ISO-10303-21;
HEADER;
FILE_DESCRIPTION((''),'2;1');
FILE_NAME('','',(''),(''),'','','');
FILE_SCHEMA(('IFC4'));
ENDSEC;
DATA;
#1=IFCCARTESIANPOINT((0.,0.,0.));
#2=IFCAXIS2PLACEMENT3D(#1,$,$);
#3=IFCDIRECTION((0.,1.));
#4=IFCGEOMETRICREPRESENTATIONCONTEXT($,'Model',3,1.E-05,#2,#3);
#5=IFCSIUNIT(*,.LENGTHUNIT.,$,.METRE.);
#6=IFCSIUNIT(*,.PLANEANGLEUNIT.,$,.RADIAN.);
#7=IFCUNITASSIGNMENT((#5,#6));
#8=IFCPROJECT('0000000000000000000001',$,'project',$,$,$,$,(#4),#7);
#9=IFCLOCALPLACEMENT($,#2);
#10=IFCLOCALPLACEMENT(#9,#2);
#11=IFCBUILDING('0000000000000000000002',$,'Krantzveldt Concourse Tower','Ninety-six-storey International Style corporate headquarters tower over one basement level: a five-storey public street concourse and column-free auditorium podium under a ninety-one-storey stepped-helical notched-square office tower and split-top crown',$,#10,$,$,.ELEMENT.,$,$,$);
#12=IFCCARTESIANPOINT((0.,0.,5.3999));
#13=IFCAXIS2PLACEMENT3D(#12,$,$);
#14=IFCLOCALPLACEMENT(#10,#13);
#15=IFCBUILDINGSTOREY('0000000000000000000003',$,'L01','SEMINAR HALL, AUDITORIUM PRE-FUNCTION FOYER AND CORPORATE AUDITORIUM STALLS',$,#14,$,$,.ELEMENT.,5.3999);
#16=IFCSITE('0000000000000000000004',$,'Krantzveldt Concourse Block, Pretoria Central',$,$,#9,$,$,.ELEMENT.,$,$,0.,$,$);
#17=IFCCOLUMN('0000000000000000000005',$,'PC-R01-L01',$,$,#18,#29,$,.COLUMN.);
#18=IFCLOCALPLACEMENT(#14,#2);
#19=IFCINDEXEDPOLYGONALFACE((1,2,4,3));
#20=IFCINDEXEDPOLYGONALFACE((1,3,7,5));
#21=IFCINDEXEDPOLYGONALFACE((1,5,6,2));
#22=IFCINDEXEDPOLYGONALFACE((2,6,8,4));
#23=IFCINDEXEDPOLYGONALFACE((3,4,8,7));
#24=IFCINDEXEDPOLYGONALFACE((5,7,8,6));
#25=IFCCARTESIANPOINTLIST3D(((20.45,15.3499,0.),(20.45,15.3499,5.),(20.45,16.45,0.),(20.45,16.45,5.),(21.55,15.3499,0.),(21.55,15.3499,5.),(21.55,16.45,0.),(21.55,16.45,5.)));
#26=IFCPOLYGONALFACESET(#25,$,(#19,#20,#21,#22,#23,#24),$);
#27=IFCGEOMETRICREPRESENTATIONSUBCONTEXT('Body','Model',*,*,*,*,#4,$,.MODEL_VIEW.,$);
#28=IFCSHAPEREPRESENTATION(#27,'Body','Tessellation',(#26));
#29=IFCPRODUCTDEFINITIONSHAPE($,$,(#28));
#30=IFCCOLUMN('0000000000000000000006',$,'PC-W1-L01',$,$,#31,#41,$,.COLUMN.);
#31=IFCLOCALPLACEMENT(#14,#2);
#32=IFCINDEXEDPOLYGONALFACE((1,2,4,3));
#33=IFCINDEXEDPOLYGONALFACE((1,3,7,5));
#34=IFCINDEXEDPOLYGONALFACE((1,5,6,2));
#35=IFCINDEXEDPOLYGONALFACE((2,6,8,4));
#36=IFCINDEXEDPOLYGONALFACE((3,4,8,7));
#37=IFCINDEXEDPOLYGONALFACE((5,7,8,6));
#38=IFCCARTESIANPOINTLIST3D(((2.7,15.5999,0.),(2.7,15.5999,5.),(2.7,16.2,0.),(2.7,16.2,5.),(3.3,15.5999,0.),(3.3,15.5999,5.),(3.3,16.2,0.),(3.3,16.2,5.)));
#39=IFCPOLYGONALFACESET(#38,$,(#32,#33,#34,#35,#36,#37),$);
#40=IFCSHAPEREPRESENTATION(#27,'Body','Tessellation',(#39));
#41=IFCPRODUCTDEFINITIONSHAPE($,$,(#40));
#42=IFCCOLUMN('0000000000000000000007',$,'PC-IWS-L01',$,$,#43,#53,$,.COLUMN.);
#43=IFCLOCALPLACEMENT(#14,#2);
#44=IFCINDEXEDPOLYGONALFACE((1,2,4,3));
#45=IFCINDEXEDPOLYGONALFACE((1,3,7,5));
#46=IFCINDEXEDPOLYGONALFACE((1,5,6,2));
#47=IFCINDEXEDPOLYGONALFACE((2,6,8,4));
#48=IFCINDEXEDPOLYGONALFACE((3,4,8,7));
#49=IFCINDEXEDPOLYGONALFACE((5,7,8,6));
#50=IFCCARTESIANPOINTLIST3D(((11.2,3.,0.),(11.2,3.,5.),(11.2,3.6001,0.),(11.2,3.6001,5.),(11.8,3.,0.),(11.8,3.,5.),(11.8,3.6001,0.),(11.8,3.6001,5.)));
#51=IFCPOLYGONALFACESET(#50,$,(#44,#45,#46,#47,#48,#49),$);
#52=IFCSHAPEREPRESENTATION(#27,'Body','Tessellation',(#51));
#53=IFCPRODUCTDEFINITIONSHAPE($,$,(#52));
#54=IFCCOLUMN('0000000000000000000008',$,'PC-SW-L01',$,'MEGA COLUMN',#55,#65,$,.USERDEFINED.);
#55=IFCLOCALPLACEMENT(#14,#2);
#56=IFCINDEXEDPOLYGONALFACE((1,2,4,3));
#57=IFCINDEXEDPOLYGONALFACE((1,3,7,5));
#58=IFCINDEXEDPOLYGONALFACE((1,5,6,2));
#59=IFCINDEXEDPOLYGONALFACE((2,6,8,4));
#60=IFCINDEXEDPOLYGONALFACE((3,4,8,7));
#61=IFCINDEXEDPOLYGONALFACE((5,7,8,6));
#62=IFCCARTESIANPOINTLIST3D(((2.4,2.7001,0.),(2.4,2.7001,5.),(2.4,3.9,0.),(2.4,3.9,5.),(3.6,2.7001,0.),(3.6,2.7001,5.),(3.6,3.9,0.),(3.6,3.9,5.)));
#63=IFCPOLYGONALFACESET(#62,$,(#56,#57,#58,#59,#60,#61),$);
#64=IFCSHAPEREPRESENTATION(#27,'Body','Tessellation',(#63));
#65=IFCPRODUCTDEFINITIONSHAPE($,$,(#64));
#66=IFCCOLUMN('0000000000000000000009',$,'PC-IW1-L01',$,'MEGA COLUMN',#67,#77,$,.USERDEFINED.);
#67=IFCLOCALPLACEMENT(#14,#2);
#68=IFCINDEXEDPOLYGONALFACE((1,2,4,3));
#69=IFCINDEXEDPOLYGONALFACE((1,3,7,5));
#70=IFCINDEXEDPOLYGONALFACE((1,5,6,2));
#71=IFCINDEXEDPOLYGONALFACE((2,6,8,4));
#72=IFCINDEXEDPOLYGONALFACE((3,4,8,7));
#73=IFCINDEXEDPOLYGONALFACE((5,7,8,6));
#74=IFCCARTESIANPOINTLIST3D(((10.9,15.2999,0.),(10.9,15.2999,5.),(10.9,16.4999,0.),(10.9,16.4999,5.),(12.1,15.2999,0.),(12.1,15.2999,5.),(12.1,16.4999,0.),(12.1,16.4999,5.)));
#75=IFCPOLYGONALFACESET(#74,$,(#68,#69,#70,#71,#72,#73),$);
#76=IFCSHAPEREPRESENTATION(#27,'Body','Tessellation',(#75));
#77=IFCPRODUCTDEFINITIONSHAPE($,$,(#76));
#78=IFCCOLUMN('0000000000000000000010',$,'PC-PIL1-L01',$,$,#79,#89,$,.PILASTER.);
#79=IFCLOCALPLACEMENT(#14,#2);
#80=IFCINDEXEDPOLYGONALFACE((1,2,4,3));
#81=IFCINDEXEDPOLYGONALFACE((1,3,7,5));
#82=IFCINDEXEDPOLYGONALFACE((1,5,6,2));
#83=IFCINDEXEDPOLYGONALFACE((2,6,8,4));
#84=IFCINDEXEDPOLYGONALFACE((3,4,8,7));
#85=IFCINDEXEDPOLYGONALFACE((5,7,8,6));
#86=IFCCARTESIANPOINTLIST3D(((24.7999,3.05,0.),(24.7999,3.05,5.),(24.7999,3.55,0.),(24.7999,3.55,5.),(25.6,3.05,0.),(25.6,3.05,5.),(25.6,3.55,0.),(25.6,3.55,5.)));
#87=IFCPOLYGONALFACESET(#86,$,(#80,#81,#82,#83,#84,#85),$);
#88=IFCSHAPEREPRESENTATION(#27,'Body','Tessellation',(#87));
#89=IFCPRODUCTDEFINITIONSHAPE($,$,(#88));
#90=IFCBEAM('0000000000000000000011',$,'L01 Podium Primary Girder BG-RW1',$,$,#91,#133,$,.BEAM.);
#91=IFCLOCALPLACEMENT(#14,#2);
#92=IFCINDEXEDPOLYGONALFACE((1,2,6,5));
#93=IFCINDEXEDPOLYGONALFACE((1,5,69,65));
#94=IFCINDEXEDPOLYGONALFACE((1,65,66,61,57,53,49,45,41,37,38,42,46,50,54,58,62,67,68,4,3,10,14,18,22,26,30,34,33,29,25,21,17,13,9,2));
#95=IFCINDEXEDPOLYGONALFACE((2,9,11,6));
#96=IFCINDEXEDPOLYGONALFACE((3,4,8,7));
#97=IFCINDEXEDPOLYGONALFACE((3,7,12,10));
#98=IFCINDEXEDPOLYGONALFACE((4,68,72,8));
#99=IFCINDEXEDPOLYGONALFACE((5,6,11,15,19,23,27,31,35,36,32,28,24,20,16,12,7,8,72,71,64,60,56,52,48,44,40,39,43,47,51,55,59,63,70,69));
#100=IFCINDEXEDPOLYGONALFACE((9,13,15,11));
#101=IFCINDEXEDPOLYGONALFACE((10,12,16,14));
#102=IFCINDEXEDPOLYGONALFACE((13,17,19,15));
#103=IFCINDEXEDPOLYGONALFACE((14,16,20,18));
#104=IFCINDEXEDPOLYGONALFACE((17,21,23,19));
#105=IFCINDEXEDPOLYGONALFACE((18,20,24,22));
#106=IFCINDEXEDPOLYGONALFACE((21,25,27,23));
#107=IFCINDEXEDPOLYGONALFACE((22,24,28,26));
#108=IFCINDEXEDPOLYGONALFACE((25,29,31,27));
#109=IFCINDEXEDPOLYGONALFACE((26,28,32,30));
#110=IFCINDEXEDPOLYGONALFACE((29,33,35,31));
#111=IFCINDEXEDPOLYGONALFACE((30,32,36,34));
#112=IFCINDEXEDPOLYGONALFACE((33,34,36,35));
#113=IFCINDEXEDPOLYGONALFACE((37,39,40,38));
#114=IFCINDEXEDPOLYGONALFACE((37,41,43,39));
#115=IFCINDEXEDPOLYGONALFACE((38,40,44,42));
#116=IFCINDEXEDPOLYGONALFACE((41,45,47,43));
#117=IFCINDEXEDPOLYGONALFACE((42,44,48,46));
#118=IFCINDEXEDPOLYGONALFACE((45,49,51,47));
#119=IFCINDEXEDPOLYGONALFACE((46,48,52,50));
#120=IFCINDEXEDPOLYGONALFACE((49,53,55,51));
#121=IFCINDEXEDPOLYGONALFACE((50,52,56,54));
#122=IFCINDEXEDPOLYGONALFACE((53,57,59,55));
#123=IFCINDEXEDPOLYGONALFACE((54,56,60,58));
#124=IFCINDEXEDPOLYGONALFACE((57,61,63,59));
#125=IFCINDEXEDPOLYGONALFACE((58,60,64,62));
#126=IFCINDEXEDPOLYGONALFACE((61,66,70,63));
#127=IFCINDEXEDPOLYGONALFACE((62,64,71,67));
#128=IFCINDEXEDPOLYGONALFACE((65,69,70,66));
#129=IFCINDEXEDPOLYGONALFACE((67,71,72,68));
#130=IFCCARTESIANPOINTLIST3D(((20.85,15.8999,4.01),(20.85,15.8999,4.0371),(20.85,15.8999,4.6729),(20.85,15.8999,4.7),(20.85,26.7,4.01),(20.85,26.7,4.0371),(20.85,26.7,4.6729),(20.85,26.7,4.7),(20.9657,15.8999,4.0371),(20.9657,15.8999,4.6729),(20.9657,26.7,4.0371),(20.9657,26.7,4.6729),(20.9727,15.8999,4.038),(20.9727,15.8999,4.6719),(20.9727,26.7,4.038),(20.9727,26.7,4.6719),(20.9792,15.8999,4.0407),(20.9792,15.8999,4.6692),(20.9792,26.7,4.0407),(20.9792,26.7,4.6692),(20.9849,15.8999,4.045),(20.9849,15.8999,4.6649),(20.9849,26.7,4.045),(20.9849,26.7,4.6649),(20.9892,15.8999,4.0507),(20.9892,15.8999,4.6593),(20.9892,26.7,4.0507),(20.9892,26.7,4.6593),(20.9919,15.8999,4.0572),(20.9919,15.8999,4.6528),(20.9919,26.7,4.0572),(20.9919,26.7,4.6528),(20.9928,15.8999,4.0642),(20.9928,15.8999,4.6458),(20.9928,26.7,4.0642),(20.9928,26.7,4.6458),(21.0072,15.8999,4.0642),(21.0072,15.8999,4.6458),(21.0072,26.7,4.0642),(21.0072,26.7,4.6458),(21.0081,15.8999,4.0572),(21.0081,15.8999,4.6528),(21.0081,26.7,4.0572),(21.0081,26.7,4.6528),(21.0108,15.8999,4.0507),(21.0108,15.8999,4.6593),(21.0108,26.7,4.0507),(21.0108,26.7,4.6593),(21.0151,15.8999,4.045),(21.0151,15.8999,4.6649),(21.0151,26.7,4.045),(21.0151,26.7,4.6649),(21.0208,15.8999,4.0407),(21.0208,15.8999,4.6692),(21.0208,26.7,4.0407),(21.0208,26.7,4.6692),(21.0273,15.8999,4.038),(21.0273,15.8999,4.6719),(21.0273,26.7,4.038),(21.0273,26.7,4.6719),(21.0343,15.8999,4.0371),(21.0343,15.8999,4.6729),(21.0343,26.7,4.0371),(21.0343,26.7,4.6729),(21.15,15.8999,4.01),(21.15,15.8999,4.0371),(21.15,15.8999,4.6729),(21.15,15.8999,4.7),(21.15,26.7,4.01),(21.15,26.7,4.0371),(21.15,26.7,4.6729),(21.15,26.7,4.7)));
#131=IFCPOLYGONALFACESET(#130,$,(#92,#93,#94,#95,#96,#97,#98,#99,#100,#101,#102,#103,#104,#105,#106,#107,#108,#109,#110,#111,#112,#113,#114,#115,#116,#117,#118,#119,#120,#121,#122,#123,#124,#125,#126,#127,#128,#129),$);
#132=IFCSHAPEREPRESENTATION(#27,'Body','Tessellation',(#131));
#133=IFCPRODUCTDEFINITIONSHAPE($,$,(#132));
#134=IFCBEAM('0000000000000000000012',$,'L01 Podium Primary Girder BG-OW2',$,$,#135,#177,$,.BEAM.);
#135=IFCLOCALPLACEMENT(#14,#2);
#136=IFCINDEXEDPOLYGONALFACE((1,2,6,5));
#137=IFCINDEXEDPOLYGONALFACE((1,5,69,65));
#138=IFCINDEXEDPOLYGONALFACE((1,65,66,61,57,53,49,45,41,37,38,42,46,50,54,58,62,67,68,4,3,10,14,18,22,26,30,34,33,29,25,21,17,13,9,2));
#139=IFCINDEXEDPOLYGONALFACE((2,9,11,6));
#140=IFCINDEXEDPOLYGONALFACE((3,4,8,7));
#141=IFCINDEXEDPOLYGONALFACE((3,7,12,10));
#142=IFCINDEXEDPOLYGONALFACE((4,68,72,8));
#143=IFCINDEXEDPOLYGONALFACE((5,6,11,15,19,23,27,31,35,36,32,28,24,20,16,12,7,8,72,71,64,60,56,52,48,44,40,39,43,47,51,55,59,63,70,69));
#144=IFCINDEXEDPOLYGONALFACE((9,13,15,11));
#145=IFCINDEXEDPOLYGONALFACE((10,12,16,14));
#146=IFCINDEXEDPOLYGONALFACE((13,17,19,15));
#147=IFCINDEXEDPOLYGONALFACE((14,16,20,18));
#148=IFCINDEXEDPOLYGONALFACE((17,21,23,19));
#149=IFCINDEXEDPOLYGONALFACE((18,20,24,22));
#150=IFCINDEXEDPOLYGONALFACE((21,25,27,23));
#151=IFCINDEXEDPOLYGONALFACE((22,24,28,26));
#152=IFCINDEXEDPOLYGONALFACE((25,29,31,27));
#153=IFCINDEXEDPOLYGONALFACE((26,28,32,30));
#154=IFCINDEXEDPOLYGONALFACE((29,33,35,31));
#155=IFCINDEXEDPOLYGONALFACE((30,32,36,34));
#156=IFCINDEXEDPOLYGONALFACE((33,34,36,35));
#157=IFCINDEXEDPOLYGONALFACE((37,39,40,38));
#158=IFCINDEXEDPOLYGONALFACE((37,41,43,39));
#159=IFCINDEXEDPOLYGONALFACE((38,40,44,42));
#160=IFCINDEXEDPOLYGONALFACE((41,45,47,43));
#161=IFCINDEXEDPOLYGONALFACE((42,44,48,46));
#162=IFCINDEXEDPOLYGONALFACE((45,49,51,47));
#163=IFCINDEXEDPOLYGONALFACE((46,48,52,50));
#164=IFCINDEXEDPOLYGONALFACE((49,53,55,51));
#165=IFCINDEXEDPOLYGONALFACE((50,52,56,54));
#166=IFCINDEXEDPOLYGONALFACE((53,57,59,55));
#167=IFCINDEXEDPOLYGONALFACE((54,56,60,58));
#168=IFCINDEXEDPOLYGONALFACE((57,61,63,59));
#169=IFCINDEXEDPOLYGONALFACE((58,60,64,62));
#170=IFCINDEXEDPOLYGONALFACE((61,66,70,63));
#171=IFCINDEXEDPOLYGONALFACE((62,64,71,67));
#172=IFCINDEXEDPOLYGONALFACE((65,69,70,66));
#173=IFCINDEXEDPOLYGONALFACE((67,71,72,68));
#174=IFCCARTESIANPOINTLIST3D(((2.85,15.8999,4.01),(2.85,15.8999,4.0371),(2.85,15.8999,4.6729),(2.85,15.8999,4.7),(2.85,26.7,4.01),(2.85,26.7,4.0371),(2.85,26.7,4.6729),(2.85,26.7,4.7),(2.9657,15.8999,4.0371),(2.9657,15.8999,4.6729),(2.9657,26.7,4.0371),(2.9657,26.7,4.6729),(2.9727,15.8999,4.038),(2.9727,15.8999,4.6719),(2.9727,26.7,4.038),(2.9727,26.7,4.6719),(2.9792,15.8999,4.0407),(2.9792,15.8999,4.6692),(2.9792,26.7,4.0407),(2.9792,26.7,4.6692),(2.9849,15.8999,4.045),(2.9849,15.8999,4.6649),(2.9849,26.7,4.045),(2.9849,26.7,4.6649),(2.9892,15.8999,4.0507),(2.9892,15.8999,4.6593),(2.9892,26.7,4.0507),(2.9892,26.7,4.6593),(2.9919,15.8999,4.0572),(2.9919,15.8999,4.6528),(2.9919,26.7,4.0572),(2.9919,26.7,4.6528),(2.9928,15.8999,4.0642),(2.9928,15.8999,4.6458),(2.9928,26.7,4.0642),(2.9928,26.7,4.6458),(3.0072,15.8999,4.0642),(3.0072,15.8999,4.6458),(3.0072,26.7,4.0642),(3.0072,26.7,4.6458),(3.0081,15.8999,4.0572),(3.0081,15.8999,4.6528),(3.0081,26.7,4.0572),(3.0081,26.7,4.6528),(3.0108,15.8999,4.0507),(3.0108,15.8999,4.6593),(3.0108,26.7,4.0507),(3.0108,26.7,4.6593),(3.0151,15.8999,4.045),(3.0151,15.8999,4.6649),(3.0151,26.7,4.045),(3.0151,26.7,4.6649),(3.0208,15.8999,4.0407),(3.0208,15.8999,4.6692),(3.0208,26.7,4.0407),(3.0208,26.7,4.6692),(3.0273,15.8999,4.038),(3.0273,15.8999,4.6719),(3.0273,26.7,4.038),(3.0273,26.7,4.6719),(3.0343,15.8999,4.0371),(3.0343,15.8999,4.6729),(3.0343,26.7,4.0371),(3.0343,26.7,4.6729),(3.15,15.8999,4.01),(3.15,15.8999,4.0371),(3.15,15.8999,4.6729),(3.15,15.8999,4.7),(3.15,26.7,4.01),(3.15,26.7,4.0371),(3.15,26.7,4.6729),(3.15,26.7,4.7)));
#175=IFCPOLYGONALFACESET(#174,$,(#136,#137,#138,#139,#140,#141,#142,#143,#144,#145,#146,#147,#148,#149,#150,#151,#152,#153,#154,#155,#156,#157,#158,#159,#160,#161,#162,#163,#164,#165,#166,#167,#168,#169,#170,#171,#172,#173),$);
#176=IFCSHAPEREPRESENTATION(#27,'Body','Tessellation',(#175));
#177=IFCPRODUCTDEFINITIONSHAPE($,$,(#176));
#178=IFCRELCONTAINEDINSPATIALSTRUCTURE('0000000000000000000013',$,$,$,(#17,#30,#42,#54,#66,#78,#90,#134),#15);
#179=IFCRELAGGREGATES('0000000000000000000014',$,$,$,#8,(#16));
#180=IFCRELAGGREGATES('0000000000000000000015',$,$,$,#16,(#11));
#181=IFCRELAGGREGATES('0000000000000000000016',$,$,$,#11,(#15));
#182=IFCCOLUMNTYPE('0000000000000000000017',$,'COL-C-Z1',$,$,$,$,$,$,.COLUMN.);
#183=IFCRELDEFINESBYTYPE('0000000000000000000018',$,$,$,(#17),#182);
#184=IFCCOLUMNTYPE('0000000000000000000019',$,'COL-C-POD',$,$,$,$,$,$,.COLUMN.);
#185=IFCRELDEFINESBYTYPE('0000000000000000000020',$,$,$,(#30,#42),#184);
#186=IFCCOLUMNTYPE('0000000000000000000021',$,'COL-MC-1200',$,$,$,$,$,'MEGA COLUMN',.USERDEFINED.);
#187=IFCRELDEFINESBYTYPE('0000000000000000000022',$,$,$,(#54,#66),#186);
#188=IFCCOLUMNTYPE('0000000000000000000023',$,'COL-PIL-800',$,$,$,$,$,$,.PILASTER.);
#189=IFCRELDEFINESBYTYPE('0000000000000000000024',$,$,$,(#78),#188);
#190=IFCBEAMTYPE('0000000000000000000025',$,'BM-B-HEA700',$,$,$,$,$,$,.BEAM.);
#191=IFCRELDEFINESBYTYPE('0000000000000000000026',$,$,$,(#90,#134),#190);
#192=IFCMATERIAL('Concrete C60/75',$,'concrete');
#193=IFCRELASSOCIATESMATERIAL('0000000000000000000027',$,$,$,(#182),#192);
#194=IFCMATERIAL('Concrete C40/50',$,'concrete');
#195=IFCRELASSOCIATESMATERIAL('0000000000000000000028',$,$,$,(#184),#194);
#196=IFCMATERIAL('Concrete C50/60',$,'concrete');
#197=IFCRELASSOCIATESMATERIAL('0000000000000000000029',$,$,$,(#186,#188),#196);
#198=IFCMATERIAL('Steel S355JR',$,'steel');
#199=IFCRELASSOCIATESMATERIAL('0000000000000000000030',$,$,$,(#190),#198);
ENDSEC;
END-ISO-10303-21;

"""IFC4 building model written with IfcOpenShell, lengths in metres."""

from ifc_helpers import new_model, si_unit, direction, frame, origin, origin_2d, place, context, subcontext, project, spatial, rectangle, i_section, extrude, source, transform, mapped, material, material_profile, profile_set, type_object, type_shapes, element, save


model = new_model("IFC4")

# Units and contexts
model_context = context("Model", 3, precision=1e-05, world=origin(), true_north=direction((0.0, 1.0)))
body_context = subcontext(model_context, "Body", "Model", "MODEL_VIEW")
ifc_project = project(units=[si_unit("LENGTHUNIT", "METRE"), si_unit("PLANEANGLEUNIT", "RADIAN")], contexts=[model_context])

# Site, building, storey
site_placement = place(None, origin())
site = spatial("IfcSite", under=ifc_project, at=site_placement, Name="Krantzveldt Concourse Block, Pretoria Central", CompositionType="ELEMENT", RefElevation=0.0)
building_placement = place(site_placement, origin())
building = spatial("IfcBuilding", under=site, at=building_placement, Name="Krantzveldt Concourse Tower", Description="Ninety-six-storey International Style corporate headquarters tower over one basement level: a five-storey public street concourse and column-free auditorium podium under a ninety-one-storey stepped-helical notched-square office tower and split-top crown", CompositionType="ELEMENT")
storey_placement = place(building_placement, frame((0.0, 0.0, 5.3999)))
storey = spatial("IfcBuildingStorey", under=building, at=storey_placement, Name="L01", Description="SEMINAR HALL, AUDITORIUM PRE-FUNCTION FOYER AND CORPORATE AUDITORIUM STALLS", CompositionType="ELEMENT", Elevation=5.3999)

# Columns
ifc_material_1 = material(Name="Concrete C60/75", Category="concrete")
ifc_material_profile_1 = material_profile(ifc_material_1, rectangle(XDim=1.1001, YDim=1.1001, at=origin_2d()), Name="Concrete C60/75", Category="concrete")
ifc_profile_set_1 = profile_set([ifc_material_profile_1], Name="Concrete C60/75 - RC 1100x1100")
column_type_1 = type_object("IfcColumnType", Name="COL-C-Z1", PredefinedType="COLUMN", material=ifc_profile_set_1)
shared_shape_1 = source(origin(), body_context, "Body", "SweptSolid", [
    extrude(rectangle(XDim=1.1001, YDim=1.1001, at=origin_2d()), origin(), (0.0, 0.0, 1.0), 5.0),
])
type_shapes(column_type_1, [shared_shape_1])
column_1_placement = place(storey_placement, frame((21.0, 15.8999, 0.0), z_axis=(0.0, 0.0, 1.0), x_axis=(1.0, 0.0, 0.0)))
element("IfcColumn", 1, at=column_1_placement, inside=storey, type_object=column_type_1, Name="PC-R01-L01", PredefinedType="COLUMN", context=body_context, shape_type="MappedRepresentation", body=[
    mapped(shared_shape_1, transform((0.0, 0.0, 0.0), x_axis=(1.0, 0.0, 0.0), y_axis=(0.0, 1.0, 0.0), z_axis=(0.0, 0.0, 1.0), scale=1.0)),
])
ifc_material_2 = material(Name="Concrete C40/50", Category="concrete")
ifc_material_profile_2 = material_profile(ifc_material_2, rectangle(XDim=0.6001, YDim=0.6001, at=origin_2d()), Name="Concrete C40/50", Category="concrete")
ifc_profile_set_2 = profile_set([ifc_material_profile_2], Name="Concrete C40/50 - RC 600x600")
column_type_2 = type_object("IfcColumnType", Name="COL-C-POD", PredefinedType="COLUMN", material=ifc_profile_set_2)
shared_shape_2 = source(origin(), body_context, "Body", "SweptSolid", [
    extrude(rectangle(XDim=0.6001, YDim=0.6001, at=origin_2d()), origin(), (0.0, 0.0, 1.0), 5.0),
])
type_shapes(column_type_2, [shared_shape_2])
for number, where, z_axis, x_axis, name in (
    (2, (3.0, 15.8999, 0.0), (0.0, 0.0, 1.0), (1.0, 0.0, 0.0), "PC-W1-L01"),
    (3, (11.5, 3.3, 0.0), (0.0, 0.0, 1.0), (1.0, 0.0, 0.0), "PC-IWS-L01"),
):
    element("IfcColumn", number, at=place(storey_placement, frame(where, z_axis=z_axis, x_axis=x_axis)), inside=storey, type_object=column_type_2, Name=name, PredefinedType="COLUMN", context=body_context, shape_type="MappedRepresentation", body=[
        mapped(shared_shape_2, transform((0.0, 0.0, 0.0), x_axis=(1.0, 0.0, 0.0), y_axis=(0.0, 1.0, 0.0), z_axis=(0.0, 0.0, 1.0), scale=1.0)),
    ])
ifc_material_3 = material(Name="Concrete C50/60", Category="concrete")
ifc_material_profile_3 = material_profile(ifc_material_3, rectangle(XDim=1.2, YDim=1.2, at=origin_2d()), Name="Concrete C50/60", Category="concrete")
ifc_profile_set_3 = profile_set([ifc_material_profile_3], Name="Concrete C50/60 - RC 1200x1200")
column_type_3 = type_object("IfcColumnType", Name="COL-MC-1200", ElementType="MEGA COLUMN", PredefinedType="USERDEFINED", material=ifc_profile_set_3)
shared_shape_3 = source(origin(), body_context, "Body", "SweptSolid", [
    extrude(rectangle(XDim=1.2, YDim=1.2, at=origin_2d()), origin(), (0.0, 0.0, 1.0), 5.0),
])
type_shapes(column_type_3, [shared_shape_3])
for number, where, z_axis, x_axis, name in (
    (4, (3.0, 3.3, 0.0), (0.0, 0.0, 1.0), (1.0, 0.0, 0.0), "PC-SW-L01"),
    (5, (11.5, 15.8999, 0.0), (0.0, 0.0, 1.0), (1.0, 0.0, 0.0), "PC-IW1-L01"),
):
    element("IfcColumn", number, at=place(storey_placement, frame(where, z_axis=z_axis, x_axis=x_axis)), inside=storey, type_object=column_type_3, Name=name, ObjectType="MEGA COLUMN", PredefinedType="USERDEFINED", context=body_context, shape_type="MappedRepresentation", body=[
        mapped(shared_shape_3, transform((0.0, 0.0, 0.0), x_axis=(1.0, 0.0, 0.0), y_axis=(0.0, 1.0, 0.0), z_axis=(0.0, 0.0, 1.0), scale=1.0)),
    ])
ifc_material_profile_4 = material_profile(ifc_material_3, rectangle(XDim=0.8, YDim=0.5, at=origin_2d()), Name="Concrete C50/60", Category="concrete")
ifc_profile_set_4 = profile_set([ifc_material_profile_4], Name="Concrete C50/60 - RC-PIL 800x500")
column_type_4 = type_object("IfcColumnType", Name="COL-PIL-800", PredefinedType="PILASTER", material=ifc_profile_set_4)
shared_shape_4 = source(origin(), body_context, "Body", "SweptSolid", [
    extrude(rectangle(XDim=0.8, YDim=0.5, at=origin_2d()), origin(), (0.0, 0.0, 1.0), 5.0),
])
type_shapes(column_type_4, [shared_shape_4])
column_2_placement = place(storey_placement, frame((25.2, 3.3, 0.0), z_axis=(0.0, 0.0, 1.0), x_axis=(1.0, 0.0, 0.0)))
element("IfcColumn", 6, at=column_2_placement, inside=storey, type_object=column_type_4, Name="PC-PIL1-L01", PredefinedType="PILASTER", context=body_context, shape_type="MappedRepresentation", body=[
    mapped(shared_shape_4, transform((0.0, 0.0, 0.0), x_axis=(1.0, 0.0, 0.0), y_axis=(0.0, 1.0, 0.0), z_axis=(0.0, 0.0, 1.0), scale=1.0)),
])

# Beams
ifc_material_4 = material(Name="Steel S355JR", Category="steel")
ifc_material_profile_5 = material_profile(ifc_material_4, i_section(OverallWidth=0.3, OverallDepth=0.6899, WebThickness=0.0144, FlangeThickness=0.0271, FilletRadius=0.0271, at=origin_2d()), Name="Steel S355JR", Category="steel")
ifc_profile_set_5 = profile_set([ifc_material_profile_5], Name="Steel S355JR - HEA 700")
beam_type_1 = type_object("IfcBeamType", Name="BM-B-HEA700", PredefinedType="BEAM", material=ifc_profile_set_5)
shared_shape_5 = source(origin(), body_context, "Body", "SweptSolid", [
    extrude(i_section(OverallWidth=0.3, OverallDepth=0.6899, WebThickness=0.0144, FlangeThickness=0.0271, FilletRadius=0.0271, at=origin_2d()), origin(), (0.0, 0.0, 1.0), 10.8),
])
for number, where, z_axis, x_axis, name in (
    (7, (21.0, 15.8999, 4.355), (0.0, 1.0, 0.0), (-1.0, 0.0, 0.0), "L01 Podium Primary Girder BG-RW1"),
    (8, (3.0, 15.8999, 4.355), (0.0, 1.0, 0.0), (-1.0, 0.0, 0.0), "L01 Podium Primary Girder BG-OW2"),
):
    element("IfcBeam", number, at=place(storey_placement, frame(where, z_axis=z_axis, x_axis=x_axis)), inside=storey, type_object=beam_type_1, Name=name, PredefinedType="BEAM", context=body_context, shape_type="MappedRepresentation", body=[
        mapped(shared_shape_5, transform((0.0, 0.0, 0.0), x_axis=(1.0, 0.0, 0.0), y_axis=(0.0, 1.0, 0.0), z_axis=(0.0, 0.0, 1.0), scale=1.0)),
    ])

save(model, "model.ifc")
